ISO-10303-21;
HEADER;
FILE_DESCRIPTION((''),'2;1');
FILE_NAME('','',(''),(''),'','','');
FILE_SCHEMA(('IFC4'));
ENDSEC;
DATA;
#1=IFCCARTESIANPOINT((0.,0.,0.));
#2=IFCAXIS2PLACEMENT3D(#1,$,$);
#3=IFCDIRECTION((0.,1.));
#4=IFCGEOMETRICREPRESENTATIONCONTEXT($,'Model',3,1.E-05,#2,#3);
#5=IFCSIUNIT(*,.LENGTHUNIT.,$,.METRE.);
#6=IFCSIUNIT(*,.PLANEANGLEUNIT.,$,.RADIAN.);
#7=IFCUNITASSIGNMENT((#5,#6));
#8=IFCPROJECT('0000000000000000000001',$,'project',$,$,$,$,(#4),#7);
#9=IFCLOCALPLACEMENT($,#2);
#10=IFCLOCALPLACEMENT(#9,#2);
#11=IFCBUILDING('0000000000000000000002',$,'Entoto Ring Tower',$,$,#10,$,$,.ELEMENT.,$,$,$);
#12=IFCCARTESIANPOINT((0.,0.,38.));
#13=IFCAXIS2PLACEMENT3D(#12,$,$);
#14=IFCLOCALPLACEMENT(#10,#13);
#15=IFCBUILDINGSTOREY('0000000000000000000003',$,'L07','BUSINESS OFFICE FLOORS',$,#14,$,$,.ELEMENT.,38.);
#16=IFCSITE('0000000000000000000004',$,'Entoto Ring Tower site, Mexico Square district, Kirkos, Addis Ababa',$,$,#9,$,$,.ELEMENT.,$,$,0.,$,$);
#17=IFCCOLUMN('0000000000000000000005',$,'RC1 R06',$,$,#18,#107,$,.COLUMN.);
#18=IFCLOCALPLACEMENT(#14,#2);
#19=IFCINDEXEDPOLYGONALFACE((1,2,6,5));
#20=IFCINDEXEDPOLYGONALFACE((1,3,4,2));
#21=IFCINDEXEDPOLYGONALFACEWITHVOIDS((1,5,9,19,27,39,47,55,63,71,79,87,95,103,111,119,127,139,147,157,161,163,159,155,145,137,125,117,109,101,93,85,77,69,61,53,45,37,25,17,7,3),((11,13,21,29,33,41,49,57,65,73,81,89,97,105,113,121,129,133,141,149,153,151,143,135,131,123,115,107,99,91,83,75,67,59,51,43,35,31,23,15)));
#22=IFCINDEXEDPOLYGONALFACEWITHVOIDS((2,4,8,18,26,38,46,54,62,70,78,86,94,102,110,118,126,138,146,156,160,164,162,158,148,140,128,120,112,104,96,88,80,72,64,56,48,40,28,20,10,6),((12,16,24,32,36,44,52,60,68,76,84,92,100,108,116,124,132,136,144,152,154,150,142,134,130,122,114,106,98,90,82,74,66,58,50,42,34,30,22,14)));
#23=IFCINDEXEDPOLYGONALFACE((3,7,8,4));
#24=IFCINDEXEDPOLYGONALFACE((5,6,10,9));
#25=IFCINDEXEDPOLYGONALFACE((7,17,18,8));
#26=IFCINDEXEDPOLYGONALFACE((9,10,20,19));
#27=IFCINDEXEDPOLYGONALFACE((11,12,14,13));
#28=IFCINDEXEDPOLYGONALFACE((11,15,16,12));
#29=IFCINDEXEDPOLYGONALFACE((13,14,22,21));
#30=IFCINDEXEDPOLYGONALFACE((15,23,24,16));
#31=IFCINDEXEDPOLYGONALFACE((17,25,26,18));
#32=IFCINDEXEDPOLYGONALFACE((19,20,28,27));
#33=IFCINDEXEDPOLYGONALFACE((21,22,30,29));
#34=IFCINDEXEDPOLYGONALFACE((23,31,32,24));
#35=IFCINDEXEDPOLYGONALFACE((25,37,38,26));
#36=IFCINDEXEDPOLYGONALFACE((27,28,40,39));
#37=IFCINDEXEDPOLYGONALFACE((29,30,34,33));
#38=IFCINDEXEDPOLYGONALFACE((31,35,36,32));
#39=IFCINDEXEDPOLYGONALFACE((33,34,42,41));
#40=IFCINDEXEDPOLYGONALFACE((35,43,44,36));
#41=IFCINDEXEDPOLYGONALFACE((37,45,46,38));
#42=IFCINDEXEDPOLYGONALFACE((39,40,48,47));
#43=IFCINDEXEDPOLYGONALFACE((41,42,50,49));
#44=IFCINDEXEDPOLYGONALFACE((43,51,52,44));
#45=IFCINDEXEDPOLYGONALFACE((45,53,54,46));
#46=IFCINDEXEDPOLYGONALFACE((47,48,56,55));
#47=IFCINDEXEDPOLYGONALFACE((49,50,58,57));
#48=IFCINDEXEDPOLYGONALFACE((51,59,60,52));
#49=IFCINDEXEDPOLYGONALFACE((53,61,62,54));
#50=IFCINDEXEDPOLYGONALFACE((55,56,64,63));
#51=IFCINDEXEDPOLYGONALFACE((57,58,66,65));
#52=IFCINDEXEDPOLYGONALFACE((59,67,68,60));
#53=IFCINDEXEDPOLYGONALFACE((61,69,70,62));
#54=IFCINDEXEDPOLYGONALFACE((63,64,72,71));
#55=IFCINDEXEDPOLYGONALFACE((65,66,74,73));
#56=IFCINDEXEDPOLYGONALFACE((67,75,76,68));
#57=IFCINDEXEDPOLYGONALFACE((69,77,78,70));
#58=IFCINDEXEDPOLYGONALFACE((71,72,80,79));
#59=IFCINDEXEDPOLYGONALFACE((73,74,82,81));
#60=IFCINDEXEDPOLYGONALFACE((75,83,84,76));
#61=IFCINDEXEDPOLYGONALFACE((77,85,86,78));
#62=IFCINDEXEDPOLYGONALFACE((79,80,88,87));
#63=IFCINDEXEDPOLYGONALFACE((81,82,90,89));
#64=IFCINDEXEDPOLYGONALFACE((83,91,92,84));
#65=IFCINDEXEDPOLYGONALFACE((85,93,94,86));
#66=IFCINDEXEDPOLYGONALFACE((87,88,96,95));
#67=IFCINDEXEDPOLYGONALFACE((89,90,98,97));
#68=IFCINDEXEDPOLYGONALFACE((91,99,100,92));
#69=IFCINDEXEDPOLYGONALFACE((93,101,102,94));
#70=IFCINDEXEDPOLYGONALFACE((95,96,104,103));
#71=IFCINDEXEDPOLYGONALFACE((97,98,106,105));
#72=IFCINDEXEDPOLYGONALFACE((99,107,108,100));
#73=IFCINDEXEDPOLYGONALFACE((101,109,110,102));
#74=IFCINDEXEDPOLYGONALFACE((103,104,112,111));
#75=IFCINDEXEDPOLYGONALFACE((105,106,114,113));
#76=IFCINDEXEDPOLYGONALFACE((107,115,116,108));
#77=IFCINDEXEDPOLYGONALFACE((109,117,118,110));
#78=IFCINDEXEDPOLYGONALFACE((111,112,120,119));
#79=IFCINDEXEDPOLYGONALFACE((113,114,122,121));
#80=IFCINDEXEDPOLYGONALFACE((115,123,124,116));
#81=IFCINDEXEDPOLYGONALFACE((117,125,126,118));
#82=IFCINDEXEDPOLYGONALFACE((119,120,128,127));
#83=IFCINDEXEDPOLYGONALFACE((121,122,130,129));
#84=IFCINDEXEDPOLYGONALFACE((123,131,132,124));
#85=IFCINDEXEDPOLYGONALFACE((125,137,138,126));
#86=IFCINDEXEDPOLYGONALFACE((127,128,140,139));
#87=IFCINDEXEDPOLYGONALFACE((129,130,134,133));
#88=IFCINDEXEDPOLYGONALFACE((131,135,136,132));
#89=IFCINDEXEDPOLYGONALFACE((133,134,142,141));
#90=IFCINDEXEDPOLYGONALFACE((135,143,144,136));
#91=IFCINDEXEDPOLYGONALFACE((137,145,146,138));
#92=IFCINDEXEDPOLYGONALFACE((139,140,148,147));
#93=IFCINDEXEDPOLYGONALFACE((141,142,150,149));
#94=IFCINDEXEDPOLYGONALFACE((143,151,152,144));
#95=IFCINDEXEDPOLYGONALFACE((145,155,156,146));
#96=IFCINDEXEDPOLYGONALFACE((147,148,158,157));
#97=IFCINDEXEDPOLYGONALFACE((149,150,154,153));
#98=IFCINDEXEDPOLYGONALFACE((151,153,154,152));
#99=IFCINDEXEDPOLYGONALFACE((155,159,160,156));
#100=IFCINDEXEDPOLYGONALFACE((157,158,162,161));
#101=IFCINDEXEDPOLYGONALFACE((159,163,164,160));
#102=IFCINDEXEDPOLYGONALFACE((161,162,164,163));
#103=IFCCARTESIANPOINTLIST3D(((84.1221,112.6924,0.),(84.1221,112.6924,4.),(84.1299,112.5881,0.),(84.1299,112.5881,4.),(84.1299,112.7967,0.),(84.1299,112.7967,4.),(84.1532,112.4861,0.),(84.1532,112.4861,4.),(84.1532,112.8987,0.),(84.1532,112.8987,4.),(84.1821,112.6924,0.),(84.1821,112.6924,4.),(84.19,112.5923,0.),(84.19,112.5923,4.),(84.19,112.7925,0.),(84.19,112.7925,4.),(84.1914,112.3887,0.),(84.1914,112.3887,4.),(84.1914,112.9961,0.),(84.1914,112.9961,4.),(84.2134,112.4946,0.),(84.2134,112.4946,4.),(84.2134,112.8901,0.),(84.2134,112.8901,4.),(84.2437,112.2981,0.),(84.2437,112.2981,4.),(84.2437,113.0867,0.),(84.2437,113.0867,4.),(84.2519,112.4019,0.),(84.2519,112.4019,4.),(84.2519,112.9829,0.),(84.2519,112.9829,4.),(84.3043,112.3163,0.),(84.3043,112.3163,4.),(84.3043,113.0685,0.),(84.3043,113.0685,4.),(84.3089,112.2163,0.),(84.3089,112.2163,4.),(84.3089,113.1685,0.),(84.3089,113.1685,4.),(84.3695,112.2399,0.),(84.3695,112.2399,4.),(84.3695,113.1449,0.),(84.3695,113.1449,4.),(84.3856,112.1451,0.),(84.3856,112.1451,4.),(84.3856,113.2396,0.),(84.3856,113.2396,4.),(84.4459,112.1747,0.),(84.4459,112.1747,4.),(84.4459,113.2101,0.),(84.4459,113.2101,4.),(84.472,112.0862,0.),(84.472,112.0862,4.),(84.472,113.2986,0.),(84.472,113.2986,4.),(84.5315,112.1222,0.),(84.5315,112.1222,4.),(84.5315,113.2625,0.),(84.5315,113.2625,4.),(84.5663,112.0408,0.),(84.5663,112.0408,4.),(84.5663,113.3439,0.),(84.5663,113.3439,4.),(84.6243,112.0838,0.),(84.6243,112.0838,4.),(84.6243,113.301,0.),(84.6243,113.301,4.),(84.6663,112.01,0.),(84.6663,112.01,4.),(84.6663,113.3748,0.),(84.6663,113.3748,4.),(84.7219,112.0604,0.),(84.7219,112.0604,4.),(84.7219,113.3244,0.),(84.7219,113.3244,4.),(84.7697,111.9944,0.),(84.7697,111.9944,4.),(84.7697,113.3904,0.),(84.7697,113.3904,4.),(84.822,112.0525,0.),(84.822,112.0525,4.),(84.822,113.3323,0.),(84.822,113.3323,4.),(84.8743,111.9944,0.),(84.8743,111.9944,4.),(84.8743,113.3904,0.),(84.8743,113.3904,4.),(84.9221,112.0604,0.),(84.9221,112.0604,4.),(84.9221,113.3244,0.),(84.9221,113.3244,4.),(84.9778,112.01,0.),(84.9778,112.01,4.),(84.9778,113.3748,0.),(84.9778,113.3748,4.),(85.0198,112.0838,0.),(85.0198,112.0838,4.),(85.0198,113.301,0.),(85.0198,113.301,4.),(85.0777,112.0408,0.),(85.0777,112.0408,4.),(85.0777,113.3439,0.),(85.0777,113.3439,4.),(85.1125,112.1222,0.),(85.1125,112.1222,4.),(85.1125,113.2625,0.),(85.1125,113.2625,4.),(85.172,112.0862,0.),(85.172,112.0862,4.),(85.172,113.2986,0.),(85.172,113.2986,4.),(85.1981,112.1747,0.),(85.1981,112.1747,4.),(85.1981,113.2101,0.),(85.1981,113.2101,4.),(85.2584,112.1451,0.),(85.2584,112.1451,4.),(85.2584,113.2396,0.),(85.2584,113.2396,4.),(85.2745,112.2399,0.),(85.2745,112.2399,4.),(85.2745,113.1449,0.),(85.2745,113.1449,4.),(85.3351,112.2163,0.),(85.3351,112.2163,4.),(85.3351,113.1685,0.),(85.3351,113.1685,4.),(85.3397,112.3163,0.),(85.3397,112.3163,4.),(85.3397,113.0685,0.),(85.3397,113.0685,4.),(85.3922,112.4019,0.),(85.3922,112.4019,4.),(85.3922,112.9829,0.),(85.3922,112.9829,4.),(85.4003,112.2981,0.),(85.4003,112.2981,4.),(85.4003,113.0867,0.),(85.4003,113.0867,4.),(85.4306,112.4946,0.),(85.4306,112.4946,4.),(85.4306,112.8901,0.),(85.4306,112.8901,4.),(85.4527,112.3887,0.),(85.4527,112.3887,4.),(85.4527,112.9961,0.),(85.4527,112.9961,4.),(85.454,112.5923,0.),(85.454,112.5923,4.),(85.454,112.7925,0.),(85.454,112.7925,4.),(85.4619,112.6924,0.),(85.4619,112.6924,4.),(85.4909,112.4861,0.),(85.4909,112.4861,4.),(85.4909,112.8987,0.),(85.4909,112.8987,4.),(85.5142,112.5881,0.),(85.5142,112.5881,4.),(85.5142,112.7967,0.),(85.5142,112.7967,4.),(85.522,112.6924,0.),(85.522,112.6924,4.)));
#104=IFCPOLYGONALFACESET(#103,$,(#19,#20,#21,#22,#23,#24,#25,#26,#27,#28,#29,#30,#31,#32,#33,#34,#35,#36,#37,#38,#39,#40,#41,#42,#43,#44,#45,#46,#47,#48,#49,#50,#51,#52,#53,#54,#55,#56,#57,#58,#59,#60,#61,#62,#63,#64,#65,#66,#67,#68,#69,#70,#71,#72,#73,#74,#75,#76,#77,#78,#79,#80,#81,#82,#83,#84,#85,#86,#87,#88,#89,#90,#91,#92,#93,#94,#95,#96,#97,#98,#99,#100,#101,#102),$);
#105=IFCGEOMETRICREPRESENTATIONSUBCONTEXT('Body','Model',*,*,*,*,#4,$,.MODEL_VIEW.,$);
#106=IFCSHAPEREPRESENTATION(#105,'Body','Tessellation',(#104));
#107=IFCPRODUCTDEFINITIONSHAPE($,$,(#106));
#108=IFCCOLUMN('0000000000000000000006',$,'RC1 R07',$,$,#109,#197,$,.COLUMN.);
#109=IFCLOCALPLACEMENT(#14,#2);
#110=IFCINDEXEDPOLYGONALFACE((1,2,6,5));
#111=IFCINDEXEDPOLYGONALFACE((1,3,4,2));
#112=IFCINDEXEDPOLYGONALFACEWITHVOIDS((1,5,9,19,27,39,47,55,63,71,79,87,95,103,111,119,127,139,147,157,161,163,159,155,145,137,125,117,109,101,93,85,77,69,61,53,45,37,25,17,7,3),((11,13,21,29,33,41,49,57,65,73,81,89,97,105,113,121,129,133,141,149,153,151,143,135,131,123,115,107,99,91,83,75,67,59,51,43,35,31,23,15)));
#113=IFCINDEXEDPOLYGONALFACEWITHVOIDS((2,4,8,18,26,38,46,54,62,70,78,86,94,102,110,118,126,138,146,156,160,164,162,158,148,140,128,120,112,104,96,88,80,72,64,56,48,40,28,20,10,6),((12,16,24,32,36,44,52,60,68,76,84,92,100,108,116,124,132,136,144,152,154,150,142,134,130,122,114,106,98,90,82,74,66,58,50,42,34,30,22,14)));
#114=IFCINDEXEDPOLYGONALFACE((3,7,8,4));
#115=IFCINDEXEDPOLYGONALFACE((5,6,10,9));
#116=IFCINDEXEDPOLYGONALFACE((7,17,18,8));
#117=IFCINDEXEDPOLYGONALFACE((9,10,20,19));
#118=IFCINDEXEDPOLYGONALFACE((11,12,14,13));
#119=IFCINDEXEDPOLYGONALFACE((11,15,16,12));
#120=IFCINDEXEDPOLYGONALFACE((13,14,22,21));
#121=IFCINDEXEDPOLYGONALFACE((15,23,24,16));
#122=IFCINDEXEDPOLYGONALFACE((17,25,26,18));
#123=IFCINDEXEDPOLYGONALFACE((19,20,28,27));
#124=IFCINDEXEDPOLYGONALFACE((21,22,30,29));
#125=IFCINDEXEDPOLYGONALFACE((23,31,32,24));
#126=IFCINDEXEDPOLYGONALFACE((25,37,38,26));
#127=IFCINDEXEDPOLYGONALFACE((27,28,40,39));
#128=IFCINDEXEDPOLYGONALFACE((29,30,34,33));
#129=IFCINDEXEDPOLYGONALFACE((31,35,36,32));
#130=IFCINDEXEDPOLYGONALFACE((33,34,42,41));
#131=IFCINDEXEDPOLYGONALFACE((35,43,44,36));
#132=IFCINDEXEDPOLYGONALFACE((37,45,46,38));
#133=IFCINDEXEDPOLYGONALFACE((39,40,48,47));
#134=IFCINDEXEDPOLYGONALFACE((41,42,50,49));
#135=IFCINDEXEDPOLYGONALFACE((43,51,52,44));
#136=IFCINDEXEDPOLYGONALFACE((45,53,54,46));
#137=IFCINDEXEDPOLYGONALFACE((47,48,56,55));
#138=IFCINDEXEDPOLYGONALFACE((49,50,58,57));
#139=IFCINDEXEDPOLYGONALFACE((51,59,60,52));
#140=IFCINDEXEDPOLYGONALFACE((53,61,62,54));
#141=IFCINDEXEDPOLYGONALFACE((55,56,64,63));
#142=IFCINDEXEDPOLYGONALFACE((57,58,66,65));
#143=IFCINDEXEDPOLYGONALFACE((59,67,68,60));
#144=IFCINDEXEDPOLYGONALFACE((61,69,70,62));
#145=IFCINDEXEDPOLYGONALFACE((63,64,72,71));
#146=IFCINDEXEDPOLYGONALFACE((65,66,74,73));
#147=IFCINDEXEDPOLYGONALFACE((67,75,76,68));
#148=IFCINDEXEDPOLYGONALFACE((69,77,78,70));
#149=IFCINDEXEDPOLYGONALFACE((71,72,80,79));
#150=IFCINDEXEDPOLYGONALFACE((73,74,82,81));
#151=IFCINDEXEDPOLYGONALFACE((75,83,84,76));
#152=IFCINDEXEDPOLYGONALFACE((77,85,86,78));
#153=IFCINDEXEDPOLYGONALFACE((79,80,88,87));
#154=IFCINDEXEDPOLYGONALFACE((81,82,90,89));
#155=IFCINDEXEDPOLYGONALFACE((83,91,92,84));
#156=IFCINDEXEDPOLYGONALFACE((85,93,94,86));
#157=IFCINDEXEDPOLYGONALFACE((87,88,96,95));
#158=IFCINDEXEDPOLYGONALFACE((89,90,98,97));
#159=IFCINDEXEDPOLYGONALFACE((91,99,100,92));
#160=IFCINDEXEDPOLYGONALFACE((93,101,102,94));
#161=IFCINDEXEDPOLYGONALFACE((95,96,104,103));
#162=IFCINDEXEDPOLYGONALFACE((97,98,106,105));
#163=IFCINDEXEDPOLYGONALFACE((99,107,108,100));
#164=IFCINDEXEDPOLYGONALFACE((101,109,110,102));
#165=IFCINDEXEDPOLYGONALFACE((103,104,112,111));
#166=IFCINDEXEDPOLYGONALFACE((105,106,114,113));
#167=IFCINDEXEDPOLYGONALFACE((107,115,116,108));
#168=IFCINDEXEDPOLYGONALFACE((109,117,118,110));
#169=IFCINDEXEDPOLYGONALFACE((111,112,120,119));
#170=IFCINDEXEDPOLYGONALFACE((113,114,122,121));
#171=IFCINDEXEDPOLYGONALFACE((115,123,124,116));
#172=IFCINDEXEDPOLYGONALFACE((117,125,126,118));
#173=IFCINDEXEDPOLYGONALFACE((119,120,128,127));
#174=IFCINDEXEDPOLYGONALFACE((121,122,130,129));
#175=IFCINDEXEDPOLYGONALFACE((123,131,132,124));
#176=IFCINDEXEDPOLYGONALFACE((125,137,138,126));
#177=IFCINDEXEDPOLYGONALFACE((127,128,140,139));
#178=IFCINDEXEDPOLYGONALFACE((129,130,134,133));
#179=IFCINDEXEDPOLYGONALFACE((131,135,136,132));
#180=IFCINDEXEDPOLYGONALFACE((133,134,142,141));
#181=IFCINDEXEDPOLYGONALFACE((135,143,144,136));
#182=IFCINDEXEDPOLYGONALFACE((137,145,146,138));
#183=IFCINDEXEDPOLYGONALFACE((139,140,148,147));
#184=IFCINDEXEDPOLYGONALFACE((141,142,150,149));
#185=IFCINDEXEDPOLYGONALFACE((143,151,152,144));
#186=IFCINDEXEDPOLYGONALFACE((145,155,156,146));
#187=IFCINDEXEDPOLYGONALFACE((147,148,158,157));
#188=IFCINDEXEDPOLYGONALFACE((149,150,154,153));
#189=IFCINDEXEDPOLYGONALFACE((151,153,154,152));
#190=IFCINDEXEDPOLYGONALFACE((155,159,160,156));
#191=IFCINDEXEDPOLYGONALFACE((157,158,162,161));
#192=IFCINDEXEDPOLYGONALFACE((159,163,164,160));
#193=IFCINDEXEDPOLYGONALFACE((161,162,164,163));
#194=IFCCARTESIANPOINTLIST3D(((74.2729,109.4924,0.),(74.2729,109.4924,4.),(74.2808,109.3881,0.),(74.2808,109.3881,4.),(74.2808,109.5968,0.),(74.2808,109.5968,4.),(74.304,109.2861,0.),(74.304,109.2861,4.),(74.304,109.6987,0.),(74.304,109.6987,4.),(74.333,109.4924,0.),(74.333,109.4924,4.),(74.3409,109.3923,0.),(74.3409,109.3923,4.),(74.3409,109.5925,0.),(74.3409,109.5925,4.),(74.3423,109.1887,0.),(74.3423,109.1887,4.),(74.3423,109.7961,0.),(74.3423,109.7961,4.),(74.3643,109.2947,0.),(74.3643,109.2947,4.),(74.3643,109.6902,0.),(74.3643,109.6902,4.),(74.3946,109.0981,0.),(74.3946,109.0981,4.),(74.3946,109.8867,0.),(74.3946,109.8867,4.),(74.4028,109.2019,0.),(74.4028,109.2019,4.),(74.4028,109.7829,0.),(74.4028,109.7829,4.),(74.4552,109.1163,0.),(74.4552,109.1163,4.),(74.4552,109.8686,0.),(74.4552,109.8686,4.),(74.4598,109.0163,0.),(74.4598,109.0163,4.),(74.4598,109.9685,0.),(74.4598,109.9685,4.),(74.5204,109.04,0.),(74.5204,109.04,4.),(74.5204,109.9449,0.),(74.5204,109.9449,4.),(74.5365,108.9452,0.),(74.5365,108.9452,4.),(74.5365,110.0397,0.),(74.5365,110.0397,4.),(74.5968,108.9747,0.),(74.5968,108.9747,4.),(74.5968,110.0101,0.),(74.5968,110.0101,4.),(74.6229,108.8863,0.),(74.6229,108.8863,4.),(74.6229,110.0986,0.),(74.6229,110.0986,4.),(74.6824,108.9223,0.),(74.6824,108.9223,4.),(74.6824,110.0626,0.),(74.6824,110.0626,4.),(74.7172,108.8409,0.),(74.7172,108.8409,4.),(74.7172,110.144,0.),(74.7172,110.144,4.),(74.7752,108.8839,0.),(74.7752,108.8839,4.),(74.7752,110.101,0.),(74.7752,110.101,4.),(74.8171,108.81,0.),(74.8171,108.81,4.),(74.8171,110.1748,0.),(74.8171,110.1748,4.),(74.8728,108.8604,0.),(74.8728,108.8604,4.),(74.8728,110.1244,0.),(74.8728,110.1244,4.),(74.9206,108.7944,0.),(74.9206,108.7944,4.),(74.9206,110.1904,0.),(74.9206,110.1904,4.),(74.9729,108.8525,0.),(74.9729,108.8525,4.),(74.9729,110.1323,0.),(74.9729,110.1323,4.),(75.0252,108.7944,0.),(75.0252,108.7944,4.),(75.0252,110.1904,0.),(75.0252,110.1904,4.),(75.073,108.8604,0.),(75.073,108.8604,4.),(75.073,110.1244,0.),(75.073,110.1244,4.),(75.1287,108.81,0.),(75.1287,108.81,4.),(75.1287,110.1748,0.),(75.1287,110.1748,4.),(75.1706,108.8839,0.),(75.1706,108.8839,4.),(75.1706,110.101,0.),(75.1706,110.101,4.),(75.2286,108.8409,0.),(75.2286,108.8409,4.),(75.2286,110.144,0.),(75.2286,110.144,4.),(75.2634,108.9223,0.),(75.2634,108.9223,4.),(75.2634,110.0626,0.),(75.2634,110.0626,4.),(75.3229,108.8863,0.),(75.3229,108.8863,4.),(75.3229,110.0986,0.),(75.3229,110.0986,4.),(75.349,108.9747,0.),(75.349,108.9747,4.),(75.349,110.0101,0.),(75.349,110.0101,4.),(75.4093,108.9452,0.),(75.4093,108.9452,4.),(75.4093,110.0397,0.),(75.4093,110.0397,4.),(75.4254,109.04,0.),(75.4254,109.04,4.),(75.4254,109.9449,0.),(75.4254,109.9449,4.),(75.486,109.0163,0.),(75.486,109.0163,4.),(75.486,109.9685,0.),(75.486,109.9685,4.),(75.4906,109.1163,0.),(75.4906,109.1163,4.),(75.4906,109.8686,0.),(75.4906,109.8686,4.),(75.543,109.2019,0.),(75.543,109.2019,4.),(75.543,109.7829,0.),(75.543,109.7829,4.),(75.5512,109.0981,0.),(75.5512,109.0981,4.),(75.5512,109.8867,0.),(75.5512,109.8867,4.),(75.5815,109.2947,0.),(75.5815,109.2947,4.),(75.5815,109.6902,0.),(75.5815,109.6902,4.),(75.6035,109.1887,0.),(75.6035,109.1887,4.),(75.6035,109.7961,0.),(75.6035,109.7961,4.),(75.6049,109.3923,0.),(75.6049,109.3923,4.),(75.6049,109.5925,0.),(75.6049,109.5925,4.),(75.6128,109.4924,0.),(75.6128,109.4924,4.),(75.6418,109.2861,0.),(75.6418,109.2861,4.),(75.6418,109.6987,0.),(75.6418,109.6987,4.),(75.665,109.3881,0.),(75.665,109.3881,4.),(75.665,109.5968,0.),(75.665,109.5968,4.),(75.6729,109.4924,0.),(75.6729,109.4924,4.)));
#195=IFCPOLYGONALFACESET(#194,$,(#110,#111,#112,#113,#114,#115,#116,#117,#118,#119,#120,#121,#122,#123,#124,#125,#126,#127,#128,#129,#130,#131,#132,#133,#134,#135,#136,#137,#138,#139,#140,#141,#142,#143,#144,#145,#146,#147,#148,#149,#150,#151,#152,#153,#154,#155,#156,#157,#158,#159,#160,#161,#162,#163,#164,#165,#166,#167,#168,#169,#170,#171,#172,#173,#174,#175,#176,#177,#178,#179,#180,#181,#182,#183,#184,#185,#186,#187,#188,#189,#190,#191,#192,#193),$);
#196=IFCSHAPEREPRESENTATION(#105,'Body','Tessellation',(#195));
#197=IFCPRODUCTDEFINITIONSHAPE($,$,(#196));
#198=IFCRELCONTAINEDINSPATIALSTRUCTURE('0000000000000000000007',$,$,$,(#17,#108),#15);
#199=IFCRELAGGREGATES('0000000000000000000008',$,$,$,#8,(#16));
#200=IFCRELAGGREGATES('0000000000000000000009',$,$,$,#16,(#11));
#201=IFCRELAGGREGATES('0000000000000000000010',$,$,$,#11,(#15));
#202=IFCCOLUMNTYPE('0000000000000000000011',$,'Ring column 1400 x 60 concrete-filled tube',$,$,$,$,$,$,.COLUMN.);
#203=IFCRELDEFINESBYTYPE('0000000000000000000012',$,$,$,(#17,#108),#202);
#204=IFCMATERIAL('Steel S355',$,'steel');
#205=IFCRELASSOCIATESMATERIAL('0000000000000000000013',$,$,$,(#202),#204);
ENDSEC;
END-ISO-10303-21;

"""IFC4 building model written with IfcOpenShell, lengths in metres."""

from ifc_helpers import new_model, si_unit, direction, frame, origin, origin_2d, place, context, subcontext, project, spatial, circle, hollow_circle, extrude, material, material_profile, profile_set, type_object, element, save


model = new_model("IFC4")

# Units and contexts
model_context = context("Model", 3, precision=1e-05, world=origin(), true_north=direction((0.0, 1.0)))
body_context = subcontext(model_context, "Body", "Model", "MODEL_VIEW")
ifc_project = project(units=[si_unit("LENGTHUNIT", "METRE"), si_unit("PLANEANGLEUNIT", "RADIAN")], contexts=[model_context])

# Site, building, storey
site_placement = place(None, origin())
site = spatial("IfcSite", under=ifc_project, at=site_placement, Name="Entoto Ring Tower site, Mexico Square district, Kirkos, Addis Ababa", CompositionType="ELEMENT", RefElevation=0.0)
building_placement = place(site_placement, origin())
building = spatial("IfcBuilding", under=site, at=building_placement, Name="Entoto Ring Tower", CompositionType="ELEMENT")
storey_placement = place(building_placement, frame((0.0, 0.0, 38.0)))
storey = spatial("IfcBuildingStorey", under=building, at=storey_placement, Name="L07", Description="BUSINESS OFFICE FLOORS", CompositionType="ELEMENT", Elevation=38.0)

# Columns
ifc_material_1 = material(Name="Steel S355", Category="steel")
ifc_material_profile_1 = material_profile(ifc_material_1, hollow_circle(Radius=0.7, WallThickness=0.0601, at=origin_2d()), Name="CHS 1400 x 60")
ifc_material_2 = material(Name="Concrete C60/75", Category="concrete")
ifc_material_profile_2 = material_profile(ifc_material_2, circle(Radius=0.6399, at=origin_2d()), Name="Concrete C60/75 infill")
ifc_profile_set_1 = profile_set([ifc_material_profile_1, ifc_material_profile_2], Name="Steel S355")
column_type = type_object("IfcColumnType", Name="Ring column 1400 x 60 concrete-filled tube", PredefinedType="COLUMN", material=ifc_profile_set_1)
for number, where, z_axis, x_axis, name in (
    (1, (84.822, 112.6924, 0.0), (0.0, 0.0, 1.0), (1.0, 0.0, 0.0), "RC1 R06"),
    (2, (74.9729, 109.4924, 0.0), (0.0, 0.0, 1.0), (1.0, 0.0, 0.0), "RC1 R07"),
):
    element("IfcColumn", number, at=place(storey_placement, frame(where, z_axis=z_axis, x_axis=x_axis)), inside=storey, type_object=column_type, Name=name, PredefinedType="COLUMN", context=body_context, shape_type="SweptSolid", body=[
        extrude(hollow_circle(Radius=0.7, WallThickness=0.0601, at=origin_2d()), origin(), (0.0, 0.0, 1.0), 4.0),
    ])

save(model, "model.ifc")
